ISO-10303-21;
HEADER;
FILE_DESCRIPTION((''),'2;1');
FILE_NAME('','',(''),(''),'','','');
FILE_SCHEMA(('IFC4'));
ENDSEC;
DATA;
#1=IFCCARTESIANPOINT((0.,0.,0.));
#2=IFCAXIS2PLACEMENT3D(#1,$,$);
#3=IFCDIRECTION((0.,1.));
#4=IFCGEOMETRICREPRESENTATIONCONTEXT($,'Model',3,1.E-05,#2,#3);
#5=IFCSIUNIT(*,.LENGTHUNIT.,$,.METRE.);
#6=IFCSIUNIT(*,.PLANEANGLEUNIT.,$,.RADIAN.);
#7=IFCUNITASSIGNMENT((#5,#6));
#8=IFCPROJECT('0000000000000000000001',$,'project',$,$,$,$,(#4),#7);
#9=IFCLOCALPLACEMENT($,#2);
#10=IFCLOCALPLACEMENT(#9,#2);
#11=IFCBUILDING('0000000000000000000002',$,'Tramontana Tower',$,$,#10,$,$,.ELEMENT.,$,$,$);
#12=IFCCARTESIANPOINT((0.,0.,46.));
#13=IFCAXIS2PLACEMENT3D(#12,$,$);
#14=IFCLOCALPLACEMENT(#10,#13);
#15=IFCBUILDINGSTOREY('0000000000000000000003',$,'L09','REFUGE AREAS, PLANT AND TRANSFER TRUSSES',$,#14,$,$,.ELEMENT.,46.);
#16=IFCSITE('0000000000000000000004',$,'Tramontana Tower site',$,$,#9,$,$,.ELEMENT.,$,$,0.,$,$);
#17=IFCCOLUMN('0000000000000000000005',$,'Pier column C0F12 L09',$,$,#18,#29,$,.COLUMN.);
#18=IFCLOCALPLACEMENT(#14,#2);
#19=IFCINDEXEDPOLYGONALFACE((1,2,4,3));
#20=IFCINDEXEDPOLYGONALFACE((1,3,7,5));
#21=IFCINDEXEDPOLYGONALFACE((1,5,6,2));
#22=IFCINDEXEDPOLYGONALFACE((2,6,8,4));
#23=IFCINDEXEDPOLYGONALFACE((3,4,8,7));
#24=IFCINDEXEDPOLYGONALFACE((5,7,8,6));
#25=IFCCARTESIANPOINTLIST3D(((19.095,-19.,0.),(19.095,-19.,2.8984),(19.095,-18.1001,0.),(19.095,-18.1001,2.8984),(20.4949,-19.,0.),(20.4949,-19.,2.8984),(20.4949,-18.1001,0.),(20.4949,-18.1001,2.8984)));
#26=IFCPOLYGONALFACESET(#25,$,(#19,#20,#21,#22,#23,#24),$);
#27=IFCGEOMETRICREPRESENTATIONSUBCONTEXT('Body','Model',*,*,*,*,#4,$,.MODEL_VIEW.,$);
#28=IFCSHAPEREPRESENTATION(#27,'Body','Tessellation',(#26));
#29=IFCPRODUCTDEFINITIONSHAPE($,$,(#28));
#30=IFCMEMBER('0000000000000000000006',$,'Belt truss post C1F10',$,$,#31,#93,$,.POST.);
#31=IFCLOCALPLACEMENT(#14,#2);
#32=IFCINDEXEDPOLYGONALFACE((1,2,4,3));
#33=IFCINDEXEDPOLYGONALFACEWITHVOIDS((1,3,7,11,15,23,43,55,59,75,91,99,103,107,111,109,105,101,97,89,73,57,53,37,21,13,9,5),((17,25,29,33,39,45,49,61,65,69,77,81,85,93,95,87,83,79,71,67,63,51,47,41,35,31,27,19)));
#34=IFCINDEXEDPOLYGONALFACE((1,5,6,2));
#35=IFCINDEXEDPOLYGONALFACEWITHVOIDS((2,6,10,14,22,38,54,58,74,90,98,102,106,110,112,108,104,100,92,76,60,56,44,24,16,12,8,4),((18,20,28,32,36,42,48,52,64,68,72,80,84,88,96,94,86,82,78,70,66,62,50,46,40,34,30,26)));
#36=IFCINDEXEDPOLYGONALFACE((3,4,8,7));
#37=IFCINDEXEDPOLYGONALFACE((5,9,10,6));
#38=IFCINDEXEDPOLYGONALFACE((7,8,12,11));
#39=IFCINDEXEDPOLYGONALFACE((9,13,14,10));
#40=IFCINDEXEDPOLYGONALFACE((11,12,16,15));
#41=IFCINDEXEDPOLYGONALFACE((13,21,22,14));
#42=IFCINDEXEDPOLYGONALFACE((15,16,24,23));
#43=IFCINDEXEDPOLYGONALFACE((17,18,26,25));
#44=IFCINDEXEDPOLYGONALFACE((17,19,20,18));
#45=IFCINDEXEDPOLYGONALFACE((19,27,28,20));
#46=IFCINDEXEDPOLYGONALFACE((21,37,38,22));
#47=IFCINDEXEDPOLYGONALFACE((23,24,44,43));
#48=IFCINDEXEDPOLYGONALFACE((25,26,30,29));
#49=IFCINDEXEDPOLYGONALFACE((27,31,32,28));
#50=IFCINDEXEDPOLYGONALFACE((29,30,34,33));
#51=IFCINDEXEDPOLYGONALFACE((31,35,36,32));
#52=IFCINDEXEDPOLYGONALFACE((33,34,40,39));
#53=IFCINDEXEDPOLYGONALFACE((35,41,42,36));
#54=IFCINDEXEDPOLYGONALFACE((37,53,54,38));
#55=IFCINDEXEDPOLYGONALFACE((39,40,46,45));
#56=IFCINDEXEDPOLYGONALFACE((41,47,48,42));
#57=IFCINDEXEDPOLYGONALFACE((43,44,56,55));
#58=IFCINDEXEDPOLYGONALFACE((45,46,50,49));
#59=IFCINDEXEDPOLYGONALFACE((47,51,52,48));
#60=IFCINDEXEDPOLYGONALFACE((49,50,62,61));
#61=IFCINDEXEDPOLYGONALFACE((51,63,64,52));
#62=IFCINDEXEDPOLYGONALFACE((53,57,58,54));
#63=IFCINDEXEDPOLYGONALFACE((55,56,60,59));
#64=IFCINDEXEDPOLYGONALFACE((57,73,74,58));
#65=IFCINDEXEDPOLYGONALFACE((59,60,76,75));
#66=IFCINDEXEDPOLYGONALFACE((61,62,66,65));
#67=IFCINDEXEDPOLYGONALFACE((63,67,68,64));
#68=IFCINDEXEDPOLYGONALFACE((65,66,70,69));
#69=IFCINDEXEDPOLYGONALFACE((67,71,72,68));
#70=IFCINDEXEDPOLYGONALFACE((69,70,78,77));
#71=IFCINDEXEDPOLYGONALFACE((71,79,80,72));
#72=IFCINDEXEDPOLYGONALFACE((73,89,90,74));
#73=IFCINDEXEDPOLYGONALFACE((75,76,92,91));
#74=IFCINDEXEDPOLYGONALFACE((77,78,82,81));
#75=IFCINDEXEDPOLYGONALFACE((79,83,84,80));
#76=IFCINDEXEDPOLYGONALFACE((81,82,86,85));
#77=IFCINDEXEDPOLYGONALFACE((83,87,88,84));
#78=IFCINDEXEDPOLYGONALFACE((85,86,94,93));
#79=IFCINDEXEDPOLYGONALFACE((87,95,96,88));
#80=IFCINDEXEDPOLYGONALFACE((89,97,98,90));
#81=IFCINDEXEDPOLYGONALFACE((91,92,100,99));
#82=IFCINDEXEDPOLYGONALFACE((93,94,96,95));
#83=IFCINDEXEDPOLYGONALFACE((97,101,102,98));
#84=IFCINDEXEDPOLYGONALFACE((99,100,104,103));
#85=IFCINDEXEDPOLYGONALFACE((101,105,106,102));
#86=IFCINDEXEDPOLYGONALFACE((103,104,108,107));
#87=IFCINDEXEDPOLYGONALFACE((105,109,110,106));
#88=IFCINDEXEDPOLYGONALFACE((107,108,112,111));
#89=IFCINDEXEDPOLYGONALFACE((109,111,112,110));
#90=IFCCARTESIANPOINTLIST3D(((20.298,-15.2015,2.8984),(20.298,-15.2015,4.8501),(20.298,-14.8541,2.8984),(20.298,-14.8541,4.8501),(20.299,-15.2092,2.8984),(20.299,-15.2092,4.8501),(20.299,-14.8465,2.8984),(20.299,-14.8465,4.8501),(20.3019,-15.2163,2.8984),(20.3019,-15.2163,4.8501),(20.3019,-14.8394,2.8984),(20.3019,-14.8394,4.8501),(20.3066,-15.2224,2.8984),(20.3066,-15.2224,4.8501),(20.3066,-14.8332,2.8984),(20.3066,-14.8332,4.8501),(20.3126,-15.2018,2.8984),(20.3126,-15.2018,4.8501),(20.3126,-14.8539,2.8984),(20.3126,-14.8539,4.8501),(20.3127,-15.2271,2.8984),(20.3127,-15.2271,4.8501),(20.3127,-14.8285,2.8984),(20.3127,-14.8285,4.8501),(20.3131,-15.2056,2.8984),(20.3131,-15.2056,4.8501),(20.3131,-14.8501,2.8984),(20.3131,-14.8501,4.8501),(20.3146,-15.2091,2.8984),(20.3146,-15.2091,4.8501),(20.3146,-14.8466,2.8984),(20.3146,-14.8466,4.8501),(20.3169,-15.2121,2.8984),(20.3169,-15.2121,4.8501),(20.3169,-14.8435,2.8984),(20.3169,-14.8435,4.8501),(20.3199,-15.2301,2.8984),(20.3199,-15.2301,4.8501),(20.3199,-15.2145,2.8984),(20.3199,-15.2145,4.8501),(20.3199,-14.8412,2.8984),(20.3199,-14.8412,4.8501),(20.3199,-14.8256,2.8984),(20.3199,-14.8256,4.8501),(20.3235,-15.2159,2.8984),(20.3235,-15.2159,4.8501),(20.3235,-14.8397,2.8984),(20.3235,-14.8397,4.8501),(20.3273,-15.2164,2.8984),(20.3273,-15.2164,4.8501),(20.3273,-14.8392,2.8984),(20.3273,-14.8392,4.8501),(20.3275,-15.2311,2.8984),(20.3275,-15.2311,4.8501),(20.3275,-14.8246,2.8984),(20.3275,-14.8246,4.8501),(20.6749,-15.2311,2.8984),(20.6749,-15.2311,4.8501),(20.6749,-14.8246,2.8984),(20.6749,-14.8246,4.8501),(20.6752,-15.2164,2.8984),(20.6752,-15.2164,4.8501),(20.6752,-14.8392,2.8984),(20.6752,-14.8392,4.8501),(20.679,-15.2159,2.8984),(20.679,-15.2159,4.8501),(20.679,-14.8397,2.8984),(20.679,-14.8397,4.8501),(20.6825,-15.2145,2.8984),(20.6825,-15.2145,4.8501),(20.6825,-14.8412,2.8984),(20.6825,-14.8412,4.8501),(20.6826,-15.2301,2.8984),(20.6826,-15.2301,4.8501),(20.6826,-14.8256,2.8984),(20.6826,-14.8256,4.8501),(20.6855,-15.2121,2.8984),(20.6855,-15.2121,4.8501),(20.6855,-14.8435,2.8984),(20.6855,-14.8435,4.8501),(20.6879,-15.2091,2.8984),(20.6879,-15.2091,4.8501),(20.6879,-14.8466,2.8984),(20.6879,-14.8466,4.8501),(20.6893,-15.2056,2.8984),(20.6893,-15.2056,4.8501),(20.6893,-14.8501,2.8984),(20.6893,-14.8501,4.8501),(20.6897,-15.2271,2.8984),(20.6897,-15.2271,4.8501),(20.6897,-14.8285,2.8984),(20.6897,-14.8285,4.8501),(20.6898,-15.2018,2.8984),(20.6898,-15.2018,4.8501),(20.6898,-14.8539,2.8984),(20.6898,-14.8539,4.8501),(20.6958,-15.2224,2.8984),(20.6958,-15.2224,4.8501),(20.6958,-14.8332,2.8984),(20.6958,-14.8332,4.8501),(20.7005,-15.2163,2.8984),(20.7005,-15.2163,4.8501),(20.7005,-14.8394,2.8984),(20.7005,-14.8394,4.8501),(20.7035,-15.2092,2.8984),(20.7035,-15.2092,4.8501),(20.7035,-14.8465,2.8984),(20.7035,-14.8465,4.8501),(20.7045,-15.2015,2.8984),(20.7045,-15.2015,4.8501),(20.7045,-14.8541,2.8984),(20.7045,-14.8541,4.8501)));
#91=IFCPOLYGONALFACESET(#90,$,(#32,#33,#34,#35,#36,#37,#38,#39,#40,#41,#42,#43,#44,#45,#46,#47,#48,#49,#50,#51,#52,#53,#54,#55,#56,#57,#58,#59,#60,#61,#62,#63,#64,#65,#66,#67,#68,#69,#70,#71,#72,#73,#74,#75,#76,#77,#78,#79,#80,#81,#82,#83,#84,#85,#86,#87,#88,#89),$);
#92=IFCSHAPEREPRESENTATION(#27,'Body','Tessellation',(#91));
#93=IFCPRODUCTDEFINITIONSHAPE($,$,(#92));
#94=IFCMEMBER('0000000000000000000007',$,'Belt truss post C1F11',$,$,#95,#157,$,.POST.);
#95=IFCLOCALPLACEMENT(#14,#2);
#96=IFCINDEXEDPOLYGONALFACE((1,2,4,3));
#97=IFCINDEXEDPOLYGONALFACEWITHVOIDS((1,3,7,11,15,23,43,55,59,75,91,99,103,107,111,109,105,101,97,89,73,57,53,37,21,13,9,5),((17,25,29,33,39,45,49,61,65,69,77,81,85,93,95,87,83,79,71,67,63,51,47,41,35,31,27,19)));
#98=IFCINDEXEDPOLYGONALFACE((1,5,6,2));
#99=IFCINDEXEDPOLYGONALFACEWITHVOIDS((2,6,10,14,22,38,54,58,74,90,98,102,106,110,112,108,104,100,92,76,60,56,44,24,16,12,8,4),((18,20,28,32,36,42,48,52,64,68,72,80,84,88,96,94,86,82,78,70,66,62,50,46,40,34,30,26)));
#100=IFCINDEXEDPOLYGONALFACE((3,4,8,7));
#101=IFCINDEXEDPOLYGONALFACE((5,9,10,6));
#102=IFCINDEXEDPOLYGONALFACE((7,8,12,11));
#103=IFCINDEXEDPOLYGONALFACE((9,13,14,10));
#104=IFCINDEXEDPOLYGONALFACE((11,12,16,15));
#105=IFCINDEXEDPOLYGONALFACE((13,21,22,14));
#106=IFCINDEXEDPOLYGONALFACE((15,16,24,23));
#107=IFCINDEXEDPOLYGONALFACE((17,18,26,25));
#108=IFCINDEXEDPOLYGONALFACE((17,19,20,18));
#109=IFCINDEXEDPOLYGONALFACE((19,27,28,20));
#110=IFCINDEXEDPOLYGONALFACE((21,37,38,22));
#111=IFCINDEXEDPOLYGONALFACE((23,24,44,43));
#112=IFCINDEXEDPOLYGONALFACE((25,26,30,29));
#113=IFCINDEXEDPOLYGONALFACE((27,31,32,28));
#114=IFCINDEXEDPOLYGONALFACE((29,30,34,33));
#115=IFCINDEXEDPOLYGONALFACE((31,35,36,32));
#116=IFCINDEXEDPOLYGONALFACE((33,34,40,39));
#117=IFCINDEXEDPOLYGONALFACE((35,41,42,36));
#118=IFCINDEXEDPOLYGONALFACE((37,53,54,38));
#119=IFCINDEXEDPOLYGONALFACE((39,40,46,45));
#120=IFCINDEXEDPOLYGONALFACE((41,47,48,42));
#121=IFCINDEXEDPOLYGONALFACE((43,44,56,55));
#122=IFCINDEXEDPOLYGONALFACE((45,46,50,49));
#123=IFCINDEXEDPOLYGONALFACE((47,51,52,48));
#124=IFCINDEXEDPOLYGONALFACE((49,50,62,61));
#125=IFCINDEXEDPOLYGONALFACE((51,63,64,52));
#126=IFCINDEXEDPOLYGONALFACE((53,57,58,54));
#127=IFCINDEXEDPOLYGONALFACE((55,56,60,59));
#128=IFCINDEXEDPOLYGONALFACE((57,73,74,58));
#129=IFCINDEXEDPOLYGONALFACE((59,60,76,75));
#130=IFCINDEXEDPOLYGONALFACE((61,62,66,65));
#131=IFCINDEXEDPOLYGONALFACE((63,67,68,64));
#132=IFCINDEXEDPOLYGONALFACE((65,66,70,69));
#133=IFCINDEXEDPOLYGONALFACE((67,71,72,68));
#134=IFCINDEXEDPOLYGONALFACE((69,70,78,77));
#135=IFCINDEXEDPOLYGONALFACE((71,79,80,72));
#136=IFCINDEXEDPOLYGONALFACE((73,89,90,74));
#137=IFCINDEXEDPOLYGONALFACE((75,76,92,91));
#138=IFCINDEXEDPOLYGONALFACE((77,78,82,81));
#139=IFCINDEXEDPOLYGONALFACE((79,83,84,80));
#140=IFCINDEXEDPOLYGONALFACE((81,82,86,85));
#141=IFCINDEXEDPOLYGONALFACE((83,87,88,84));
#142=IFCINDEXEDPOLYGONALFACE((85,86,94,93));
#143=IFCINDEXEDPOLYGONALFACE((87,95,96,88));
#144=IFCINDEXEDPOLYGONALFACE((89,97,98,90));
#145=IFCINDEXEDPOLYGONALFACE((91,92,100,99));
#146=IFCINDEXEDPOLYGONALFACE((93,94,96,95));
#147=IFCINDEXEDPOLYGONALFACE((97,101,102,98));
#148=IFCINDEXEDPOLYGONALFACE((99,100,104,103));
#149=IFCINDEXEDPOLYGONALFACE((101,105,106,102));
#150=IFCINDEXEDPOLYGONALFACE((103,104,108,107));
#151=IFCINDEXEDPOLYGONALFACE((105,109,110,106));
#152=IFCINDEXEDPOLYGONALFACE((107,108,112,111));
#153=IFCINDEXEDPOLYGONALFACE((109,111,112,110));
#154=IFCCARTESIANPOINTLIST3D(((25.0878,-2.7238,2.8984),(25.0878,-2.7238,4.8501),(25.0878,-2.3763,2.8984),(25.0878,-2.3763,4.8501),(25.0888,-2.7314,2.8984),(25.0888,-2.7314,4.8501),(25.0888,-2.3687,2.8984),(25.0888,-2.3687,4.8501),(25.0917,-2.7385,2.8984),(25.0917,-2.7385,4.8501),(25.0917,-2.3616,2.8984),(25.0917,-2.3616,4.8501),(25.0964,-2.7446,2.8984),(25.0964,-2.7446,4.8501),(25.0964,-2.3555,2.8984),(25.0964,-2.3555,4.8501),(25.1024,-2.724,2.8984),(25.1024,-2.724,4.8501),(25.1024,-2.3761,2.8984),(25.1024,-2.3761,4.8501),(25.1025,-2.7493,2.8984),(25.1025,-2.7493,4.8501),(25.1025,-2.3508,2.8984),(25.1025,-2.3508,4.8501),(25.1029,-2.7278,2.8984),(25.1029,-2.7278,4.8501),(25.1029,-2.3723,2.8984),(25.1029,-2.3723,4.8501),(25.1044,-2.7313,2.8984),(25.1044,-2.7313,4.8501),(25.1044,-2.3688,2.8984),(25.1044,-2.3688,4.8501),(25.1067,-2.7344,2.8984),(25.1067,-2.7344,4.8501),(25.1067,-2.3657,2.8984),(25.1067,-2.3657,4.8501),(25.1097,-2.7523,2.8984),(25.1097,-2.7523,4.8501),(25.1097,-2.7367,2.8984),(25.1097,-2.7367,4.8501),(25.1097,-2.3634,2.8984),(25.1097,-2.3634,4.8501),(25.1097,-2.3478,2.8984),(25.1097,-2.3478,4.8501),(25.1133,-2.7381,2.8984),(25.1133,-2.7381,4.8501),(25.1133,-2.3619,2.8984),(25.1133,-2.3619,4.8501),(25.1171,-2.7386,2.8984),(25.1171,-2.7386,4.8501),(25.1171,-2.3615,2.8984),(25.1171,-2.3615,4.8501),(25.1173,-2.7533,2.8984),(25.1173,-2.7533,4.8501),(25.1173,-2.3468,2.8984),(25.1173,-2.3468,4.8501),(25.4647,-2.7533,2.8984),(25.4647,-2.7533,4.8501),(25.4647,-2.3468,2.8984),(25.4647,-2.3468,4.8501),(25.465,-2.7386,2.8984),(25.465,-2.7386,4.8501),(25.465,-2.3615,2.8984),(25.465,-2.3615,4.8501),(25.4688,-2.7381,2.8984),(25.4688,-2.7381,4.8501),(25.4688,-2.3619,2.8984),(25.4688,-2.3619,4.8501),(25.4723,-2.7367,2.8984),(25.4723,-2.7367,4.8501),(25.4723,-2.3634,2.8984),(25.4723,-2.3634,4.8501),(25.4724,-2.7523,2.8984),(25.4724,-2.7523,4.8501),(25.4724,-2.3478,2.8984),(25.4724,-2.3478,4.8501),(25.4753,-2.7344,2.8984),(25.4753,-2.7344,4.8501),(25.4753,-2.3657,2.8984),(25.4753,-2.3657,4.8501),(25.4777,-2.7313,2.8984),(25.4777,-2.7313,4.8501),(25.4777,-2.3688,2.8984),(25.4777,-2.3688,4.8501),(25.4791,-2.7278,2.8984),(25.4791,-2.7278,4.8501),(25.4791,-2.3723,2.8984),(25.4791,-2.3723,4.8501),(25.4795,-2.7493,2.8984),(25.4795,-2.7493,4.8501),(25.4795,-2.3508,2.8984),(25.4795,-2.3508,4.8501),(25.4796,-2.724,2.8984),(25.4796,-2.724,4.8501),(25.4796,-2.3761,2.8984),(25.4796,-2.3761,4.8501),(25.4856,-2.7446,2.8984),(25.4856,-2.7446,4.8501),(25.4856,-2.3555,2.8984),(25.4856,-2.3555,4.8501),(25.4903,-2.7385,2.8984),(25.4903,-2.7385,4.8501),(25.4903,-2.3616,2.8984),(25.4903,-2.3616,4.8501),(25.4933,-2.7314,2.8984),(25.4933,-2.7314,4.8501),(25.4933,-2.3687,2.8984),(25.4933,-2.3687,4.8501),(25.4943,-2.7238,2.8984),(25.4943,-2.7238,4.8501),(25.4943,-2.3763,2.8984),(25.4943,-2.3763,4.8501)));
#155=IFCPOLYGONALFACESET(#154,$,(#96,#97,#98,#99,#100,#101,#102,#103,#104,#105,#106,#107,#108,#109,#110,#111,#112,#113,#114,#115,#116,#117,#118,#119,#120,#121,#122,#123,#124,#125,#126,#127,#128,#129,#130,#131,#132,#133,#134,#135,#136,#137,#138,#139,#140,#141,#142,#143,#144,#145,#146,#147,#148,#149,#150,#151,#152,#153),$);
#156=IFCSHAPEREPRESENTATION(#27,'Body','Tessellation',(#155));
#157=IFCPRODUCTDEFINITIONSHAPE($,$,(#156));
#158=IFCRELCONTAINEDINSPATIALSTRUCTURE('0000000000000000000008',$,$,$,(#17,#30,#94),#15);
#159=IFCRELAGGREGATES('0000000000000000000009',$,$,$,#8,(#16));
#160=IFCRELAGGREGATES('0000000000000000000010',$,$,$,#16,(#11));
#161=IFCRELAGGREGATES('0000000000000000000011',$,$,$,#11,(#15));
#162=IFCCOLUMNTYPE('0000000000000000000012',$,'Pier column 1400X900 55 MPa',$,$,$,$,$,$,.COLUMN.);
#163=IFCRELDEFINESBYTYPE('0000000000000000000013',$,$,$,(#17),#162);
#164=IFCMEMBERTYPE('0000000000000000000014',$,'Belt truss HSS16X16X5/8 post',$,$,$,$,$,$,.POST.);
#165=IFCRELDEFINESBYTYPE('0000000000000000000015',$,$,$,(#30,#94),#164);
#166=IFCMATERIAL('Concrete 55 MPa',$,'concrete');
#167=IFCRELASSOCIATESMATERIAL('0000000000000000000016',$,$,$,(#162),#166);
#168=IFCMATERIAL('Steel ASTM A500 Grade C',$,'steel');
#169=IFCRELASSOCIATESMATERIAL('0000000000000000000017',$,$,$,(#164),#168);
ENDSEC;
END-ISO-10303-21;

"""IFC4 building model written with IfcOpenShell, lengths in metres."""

from ifc_helpers import new_model, si_unit, direction, frame, origin, origin_2d, place, context, subcontext, project, spatial, rectangle, hollow_rectangle, extrude, material, material_profile, profile_set, type_object, element, save


model = new_model("IFC4")

# Units and contexts
model_context = context("Model", 3, precision=1e-05, world=origin(), true_north=direction((0.0, 1.0)))
body_context = subcontext(model_context, "Body", "Model", "MODEL_VIEW")
ifc_project = project(units=[si_unit("LENGTHUNIT", "METRE"), si_unit("PLANEANGLEUNIT", "RADIAN")], contexts=[model_context])

# Site, building, storey
site_placement = place(None, origin())
site = spatial("IfcSite", under=ifc_project, at=site_placement, Name="Tramontana Tower site", CompositionType="ELEMENT", RefElevation=0.0)
building_placement = place(site_placement, origin())
building = spatial("IfcBuilding", under=site, at=building_placement, Name="Tramontana Tower", CompositionType="ELEMENT")
storey_placement = place(building_placement, frame((0.0, 0.0, 46.0)))
storey = spatial("IfcBuildingStorey", under=building, at=storey_placement, Name="L09", Description="REFUGE AREAS, PLANT AND TRANSFER TRUSSES", CompositionType="ELEMENT", Elevation=46.0)

# Column
ifc_material_1 = material(Name="Concrete 55 MPa", Category="concrete")
ifc_material_profile_1 = material_profile(ifc_material_1, rectangle(XDim=1.3999, YDim=0.8999, at=origin_2d()), Name="Pier column 1400X900 55 MPa")
ifc_profile_set_1 = profile_set([ifc_material_profile_1], Name="Concrete 55 MPa")
column_type = type_object("IfcColumnType", Name="Pier column 1400X900 55 MPa", PredefinedType="COLUMN", material=ifc_profile_set_1)
column_placement = place(storey_placement, frame((19.7949, -18.55, 0.0), z_axis=(0.0, 0.0, 1.0), x_axis=(1.0, 0.0, 0.0)))
element("IfcColumn", 1, at=column_placement, inside=storey, type_object=column_type, Name="Pier column C0F12 L09", PredefinedType="COLUMN", context=body_context, shape_type="SweptSolid", body=[
    extrude(rectangle(XDim=1.3999, YDim=0.8999, at=origin_2d()), origin(), (0.0, 0.0, 1.0), 2.8984),
])

# Members
ifc_material_2 = material(Name="Steel ASTM A500 Grade C", Category="steel")
ifc_material_profile_2 = material_profile(ifc_material_2, hollow_rectangle(XDim=0.4065, YDim=0.4065, WallThickness=0.0146, InnerFilletRadius=0.0146, OuterFilletRadius=0.0295, at=origin_2d()), Name="HSS16X16X5/8")
ifc_profile_set_2 = profile_set([ifc_material_profile_2], Name="Steel ASTM A500 Grade C")
member_type_1 = type_object("IfcMemberType", Name="Belt truss HSS16X16X5/8 post", PredefinedType="POST", material=ifc_profile_set_2)
for number, where, z_axis, x_axis, name in (
    (2, (20.5012, -15.0278, 2.8984), (0.0, 0.0, 1.0), (1.0, 0.0, 0.0), "Belt truss post C1F10"),
    (3, (25.291, -2.55, 2.8984), (0.0, 0.0, 1.0), (1.0, 0.0, 0.0), "Belt truss post C1F11"),
):
    element("IfcMember", number, at=place(storey_placement, frame(where, z_axis=z_axis, x_axis=x_axis)), inside=storey, type_object=member_type_1, Name=name, PredefinedType="POST", context=body_context, shape_type="SweptSolid", body=[
        extrude(hollow_rectangle(XDim=0.4065, YDim=0.4065, WallThickness=0.0146, InnerFilletRadius=0.0146, OuterFilletRadius=0.0295, at=origin_2d()), origin(), (0.0, 0.0, 1.0), 1.9517),
    ])

save(model, "model.ifc")
